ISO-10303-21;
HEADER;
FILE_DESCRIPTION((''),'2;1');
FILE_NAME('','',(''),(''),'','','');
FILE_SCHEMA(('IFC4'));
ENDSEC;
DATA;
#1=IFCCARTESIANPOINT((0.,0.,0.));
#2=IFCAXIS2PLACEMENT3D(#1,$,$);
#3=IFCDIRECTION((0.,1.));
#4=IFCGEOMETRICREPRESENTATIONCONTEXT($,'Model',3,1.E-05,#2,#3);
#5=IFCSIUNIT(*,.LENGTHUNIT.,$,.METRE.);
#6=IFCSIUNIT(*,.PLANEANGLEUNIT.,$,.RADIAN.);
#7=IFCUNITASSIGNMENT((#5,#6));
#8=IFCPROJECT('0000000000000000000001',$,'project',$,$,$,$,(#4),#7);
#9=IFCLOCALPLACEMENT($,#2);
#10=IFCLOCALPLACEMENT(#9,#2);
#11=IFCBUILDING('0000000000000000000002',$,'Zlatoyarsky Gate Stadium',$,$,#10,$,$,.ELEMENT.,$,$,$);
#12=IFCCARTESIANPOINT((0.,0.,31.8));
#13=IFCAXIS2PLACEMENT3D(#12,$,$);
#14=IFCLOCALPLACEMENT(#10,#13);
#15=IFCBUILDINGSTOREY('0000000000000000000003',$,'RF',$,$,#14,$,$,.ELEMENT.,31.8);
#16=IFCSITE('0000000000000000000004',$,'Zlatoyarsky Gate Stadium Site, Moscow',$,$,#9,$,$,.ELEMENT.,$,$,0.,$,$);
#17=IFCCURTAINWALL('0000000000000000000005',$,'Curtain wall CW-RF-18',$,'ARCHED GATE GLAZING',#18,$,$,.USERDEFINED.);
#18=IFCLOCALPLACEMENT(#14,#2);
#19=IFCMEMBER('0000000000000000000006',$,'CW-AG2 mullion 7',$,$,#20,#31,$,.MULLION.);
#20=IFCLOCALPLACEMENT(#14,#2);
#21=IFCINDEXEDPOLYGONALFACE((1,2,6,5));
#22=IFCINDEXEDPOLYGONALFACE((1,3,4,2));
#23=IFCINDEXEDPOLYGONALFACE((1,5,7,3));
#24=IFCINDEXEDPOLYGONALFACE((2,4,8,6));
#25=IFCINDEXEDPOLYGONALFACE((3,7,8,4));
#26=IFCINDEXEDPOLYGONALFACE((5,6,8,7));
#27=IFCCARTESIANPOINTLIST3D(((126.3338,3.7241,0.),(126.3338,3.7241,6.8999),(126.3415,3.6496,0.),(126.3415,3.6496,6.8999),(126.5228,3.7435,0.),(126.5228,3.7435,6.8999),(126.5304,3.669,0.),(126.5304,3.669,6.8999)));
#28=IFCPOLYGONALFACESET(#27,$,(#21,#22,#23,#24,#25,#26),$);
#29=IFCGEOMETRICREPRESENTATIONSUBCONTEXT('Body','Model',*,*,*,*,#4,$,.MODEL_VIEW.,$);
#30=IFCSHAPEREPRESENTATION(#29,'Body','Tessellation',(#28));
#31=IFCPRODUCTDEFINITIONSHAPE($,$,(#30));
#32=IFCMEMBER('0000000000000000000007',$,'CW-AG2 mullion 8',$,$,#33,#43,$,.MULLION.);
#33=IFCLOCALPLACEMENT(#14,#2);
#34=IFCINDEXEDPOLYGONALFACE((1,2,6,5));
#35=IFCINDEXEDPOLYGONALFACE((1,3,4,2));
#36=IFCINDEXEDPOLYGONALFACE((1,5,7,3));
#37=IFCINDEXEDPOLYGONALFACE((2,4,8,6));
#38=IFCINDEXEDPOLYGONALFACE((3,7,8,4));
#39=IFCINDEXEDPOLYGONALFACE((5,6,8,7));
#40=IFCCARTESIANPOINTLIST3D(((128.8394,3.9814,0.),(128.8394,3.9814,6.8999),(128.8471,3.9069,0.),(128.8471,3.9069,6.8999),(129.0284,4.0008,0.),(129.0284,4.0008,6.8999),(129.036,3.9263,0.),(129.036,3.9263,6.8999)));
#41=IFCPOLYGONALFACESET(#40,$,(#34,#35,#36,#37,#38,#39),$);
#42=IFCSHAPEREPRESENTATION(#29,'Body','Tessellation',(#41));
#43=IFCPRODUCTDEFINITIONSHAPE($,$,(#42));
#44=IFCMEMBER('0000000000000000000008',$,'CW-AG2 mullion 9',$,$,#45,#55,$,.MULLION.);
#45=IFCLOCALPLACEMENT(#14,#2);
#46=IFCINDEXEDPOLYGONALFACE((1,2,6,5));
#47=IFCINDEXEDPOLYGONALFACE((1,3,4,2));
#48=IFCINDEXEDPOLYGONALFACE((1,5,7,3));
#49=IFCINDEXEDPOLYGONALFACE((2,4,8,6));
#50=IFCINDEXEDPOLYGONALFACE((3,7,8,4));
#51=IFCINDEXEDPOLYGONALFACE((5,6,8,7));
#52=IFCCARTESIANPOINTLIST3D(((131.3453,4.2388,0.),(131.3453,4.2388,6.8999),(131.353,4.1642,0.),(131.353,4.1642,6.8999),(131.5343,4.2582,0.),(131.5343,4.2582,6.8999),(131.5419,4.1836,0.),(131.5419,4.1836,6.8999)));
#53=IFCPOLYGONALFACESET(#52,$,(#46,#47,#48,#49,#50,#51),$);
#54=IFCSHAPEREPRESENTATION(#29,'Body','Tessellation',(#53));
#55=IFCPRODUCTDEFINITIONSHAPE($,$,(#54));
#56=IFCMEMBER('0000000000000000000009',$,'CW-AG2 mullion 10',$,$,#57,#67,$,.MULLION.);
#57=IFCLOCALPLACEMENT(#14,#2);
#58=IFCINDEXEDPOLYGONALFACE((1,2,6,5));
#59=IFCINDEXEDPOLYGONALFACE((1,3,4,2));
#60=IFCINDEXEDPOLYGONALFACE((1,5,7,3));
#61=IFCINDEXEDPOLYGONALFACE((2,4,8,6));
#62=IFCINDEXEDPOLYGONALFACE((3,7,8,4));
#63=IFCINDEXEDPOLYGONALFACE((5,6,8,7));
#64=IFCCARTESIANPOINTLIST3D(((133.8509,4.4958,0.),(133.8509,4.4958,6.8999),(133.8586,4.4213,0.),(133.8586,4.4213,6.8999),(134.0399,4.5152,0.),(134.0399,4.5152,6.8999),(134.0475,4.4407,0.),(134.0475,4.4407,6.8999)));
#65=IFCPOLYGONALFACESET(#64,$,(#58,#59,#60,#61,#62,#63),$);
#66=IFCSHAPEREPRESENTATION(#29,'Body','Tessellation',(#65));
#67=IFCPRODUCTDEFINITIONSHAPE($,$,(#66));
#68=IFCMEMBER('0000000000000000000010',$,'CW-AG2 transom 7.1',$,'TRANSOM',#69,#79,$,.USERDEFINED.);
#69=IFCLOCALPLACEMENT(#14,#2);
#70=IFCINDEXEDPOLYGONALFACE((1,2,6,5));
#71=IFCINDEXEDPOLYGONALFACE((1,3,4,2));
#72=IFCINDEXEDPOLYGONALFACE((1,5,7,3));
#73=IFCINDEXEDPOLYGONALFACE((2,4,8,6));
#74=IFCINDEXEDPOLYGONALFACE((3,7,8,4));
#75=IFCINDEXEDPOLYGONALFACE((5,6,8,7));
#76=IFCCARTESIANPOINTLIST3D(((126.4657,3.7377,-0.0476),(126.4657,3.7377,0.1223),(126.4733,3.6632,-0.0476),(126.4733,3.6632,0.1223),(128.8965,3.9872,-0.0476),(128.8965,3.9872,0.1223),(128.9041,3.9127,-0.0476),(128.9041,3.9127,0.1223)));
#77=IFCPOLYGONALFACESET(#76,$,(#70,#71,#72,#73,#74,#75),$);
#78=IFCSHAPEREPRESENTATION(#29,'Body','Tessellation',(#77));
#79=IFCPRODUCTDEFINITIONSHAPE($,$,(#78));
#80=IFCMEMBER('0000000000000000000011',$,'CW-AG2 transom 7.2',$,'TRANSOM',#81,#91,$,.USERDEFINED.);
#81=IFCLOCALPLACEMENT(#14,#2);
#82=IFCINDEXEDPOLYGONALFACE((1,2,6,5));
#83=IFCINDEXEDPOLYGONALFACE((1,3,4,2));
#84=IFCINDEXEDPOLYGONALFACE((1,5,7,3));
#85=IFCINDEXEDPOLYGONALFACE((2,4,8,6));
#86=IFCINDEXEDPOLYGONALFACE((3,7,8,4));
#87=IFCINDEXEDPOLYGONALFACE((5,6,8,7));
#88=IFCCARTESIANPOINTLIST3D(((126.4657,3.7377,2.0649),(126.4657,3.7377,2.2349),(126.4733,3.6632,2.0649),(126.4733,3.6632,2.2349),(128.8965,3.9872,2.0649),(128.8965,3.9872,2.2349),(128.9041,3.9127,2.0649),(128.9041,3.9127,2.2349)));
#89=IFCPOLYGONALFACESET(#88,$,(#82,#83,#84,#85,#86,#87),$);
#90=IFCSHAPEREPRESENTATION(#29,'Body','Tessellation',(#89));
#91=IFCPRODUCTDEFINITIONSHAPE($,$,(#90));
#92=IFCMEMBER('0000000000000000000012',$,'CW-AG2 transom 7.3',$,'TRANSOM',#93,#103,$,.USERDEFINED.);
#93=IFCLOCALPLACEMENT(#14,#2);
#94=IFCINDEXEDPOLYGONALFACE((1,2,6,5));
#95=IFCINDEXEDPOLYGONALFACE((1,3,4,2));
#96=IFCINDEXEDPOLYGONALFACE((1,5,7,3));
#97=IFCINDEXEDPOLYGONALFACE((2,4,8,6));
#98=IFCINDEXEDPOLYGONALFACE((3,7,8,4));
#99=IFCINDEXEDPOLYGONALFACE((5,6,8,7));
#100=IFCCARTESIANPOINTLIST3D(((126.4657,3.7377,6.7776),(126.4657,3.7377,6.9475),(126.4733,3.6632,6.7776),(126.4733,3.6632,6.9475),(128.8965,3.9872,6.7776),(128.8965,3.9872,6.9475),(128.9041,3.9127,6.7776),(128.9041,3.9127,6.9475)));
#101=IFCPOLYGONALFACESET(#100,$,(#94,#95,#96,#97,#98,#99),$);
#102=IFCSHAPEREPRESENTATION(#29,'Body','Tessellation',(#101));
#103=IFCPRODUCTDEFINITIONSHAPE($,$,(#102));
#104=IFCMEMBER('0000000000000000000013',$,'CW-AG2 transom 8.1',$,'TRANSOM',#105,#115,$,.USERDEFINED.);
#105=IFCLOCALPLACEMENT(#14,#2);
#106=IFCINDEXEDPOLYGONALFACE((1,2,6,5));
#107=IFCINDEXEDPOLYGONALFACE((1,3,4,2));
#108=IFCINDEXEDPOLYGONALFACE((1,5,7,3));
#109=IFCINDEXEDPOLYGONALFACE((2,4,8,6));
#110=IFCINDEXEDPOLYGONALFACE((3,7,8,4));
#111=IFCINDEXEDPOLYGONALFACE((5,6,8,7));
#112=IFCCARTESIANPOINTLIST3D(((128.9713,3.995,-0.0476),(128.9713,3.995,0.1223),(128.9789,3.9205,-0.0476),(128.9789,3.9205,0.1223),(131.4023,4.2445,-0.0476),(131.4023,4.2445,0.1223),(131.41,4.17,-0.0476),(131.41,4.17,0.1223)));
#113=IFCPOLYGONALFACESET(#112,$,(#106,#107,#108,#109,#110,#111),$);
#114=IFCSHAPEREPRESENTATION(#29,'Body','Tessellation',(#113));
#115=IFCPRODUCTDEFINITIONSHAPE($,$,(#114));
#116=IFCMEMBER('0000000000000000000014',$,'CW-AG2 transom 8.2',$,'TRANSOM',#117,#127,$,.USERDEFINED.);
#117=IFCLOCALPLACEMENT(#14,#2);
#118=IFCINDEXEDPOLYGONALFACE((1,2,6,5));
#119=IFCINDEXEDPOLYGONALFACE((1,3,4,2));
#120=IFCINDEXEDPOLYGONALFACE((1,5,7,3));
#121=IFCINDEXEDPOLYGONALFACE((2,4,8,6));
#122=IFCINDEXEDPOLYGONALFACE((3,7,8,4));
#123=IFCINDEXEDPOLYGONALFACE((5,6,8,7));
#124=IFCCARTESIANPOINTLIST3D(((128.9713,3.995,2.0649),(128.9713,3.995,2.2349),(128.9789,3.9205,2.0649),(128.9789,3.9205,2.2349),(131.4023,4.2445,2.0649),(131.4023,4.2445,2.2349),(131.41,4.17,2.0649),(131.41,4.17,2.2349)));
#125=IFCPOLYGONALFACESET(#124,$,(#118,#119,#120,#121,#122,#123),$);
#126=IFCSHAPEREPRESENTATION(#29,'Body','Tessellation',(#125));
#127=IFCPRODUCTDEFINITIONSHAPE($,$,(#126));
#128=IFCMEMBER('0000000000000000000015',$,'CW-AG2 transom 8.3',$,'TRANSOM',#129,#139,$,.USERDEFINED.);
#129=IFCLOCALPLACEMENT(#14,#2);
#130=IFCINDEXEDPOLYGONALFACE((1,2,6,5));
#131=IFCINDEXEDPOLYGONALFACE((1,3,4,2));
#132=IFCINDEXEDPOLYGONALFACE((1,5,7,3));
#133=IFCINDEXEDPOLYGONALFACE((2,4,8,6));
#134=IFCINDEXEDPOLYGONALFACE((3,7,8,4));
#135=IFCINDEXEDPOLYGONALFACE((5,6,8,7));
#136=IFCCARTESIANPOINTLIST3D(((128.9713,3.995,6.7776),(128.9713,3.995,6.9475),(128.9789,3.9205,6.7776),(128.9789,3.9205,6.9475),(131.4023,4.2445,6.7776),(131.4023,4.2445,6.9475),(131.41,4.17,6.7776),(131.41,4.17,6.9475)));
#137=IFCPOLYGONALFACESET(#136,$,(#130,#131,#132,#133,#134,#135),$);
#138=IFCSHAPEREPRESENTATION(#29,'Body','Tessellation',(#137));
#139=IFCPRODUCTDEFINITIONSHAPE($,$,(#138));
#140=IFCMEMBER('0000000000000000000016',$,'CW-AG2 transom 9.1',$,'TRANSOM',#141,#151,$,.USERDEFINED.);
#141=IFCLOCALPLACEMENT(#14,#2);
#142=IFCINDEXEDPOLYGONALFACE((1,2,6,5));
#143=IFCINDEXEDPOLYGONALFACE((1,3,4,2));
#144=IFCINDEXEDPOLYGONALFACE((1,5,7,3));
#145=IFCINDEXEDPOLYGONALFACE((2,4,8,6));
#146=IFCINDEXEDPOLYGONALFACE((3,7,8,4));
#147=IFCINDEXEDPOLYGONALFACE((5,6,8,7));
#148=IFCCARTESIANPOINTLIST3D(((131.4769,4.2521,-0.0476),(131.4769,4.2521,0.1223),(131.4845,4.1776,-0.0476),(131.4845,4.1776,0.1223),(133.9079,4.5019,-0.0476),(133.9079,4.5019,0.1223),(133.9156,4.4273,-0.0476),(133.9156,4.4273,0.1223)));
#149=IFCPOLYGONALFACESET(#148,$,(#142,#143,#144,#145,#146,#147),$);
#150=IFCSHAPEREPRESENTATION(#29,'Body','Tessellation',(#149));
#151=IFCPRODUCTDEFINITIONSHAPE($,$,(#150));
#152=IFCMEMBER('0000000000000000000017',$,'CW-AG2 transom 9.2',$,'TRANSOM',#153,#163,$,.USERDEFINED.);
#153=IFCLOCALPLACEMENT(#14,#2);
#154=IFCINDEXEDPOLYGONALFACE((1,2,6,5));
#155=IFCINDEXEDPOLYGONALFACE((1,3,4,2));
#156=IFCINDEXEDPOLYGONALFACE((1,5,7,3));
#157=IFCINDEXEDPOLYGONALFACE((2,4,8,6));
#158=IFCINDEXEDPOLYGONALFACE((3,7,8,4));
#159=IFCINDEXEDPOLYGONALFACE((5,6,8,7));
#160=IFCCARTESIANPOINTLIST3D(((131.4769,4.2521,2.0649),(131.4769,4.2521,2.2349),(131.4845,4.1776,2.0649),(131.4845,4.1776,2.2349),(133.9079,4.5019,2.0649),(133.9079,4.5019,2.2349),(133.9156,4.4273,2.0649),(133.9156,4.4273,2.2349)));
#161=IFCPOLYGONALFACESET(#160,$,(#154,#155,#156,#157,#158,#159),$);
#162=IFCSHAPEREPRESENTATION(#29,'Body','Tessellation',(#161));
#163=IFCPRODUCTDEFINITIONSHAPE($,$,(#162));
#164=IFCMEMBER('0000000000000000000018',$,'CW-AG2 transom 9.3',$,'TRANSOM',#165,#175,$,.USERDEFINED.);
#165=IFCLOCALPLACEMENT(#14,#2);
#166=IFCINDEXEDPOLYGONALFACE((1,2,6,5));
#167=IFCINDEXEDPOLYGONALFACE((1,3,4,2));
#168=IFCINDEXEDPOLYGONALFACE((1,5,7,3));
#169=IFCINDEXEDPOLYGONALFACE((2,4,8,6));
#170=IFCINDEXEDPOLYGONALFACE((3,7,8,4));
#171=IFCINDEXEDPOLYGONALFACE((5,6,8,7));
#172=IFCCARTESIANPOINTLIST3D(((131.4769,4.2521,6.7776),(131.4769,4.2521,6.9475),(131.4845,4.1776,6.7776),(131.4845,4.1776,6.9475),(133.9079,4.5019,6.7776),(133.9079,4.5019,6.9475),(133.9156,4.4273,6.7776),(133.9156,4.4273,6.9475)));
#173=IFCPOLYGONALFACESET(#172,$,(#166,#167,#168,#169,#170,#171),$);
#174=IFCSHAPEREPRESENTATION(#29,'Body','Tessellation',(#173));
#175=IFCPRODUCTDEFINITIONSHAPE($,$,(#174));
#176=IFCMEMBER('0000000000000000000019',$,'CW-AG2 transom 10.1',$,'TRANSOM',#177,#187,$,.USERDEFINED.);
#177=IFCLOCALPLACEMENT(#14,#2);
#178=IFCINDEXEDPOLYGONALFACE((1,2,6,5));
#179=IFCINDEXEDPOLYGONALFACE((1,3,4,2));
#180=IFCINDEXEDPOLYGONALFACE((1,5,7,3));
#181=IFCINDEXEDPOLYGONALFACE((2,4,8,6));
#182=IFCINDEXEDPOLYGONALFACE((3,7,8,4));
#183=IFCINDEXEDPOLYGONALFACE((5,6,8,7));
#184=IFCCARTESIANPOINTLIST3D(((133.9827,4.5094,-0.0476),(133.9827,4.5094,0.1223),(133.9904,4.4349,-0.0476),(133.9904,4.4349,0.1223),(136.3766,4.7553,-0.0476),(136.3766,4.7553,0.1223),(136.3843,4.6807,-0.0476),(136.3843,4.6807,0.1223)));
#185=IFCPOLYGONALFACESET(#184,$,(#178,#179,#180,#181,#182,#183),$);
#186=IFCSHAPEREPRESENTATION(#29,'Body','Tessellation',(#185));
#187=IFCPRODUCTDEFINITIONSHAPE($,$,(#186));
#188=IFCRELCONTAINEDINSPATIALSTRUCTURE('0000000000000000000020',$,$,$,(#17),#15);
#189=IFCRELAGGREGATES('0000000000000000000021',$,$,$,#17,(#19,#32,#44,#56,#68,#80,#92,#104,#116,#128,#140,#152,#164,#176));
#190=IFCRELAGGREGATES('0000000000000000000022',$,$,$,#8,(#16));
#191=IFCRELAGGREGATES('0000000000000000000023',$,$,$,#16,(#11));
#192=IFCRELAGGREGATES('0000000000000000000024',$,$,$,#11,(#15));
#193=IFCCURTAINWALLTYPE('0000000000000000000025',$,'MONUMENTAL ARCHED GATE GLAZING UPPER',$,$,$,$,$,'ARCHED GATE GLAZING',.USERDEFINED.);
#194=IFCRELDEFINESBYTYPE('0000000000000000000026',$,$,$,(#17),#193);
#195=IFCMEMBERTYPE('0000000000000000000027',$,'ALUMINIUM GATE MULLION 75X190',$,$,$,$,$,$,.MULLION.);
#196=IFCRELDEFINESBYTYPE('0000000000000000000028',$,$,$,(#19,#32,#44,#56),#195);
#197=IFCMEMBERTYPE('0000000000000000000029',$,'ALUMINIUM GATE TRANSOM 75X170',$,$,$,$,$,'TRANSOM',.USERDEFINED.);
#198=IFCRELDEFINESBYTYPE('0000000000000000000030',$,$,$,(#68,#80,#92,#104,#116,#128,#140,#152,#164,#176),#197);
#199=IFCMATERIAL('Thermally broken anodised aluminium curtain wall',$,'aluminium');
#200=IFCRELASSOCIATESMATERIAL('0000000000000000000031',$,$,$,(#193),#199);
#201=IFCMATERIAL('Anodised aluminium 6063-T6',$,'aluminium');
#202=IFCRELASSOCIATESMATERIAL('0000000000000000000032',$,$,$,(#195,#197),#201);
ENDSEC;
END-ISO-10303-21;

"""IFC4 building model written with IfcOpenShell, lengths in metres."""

from ifc_helpers import new_model, si_unit, direction, frame, origin, origin_2d, place, context, subcontext, project, spatial, rectangle, extrude, material, material_profile, profile_set, type_object, element, aggregate, save


model = new_model("IFC4")

# Units and contexts
model_context = context("Model", 3, precision=1e-05, world=origin(), true_north=direction((0.0, 1.0)))
body_context = subcontext(model_context, "Body", "Model", "MODEL_VIEW")
ifc_project = project(units=[si_unit("LENGTHUNIT", "METRE"), si_unit("PLANEANGLEUNIT", "RADIAN")], contexts=[model_context])

# Site, building, storey
site_placement = place(None, origin())
site = spatial("IfcSite", under=ifc_project, at=site_placement, Name="Zlatoyarsky Gate Stadium Site, Moscow", CompositionType="ELEMENT", RefElevation=0.0)
building_placement = place(site_placement, origin())
building = spatial("IfcBuilding", under=site, at=building_placement, Name="Zlatoyarsky Gate Stadium", CompositionType="ELEMENT")
storey_placement = place(building_placement, frame((0.0, 0.0, 31.8)))
storey = spatial("IfcBuildingStorey", under=building, at=storey_placement, Name="RF", CompositionType="ELEMENT", Elevation=31.8)

# Curtain wall, members
ifc_material_1 = material(Name="Thermally broken anodised aluminium curtain wall", Category="aluminium")
curtain_wall_type = type_object("IfcCurtainWallType", Name="MONUMENTAL ARCHED GATE GLAZING UPPER", ElementType="ARCHED GATE GLAZING", PredefinedType="USERDEFINED", material=ifc_material_1)
curtain_wall_placement = place(storey_placement, origin())
curtain_wall = element("IfcCurtainWall", 1, at=curtain_wall_placement, inside=storey, type_object=curtain_wall_type, Name="Curtain wall CW-RF-18", ObjectType="ARCHED GATE GLAZING", PredefinedType="USERDEFINED")
ifc_material_2 = material(Name="Anodised aluminium 6063-T6", Category="aluminium")
ifc_material_profile_1 = material_profile(ifc_material_2, rectangle(XDim=0.075, YDim=0.1899, at=origin_2d()), Name="ALU 75X190")
ifc_profile_set_1 = profile_set([ifc_material_profile_1], Name="Anodised aluminium 6063-T6")
member_type_1 = type_object("IfcMemberType", Name="ALUMINIUM GATE MULLION 75X190", PredefinedType="MULLION", material=ifc_profile_set_1)
member_1_placement = place(storey_placement, frame((126.4321, 3.6965, 0.0), z_axis=(0.0, 0.0, 1.0), x_axis=(-0.102125, 0.994772, 0.0)))
member_1 = element("IfcMember", 2, at=member_1_placement, type_object=member_type_1, Name="CW-AG2 mullion 7", PredefinedType="MULLION", context=body_context, shape_type="SweptSolid", body=[
    extrude(rectangle(XDim=0.075, YDim=0.1899, at=origin_2d()), origin(), (0.0, 0.0, 1.0), 6.8999),
])
member_2_placement = place(storey_placement, frame((128.9377, 3.9539, 0.0), z_axis=(0.0, 0.0, 1.0), x_axis=(-0.102125, 0.994772, 0.0)))
member_2 = element("IfcMember", 3, at=member_2_placement, type_object=member_type_1, Name="CW-AG2 mullion 8", PredefinedType="MULLION", context=body_context, shape_type="SweptSolid", body=[
    extrude(rectangle(XDim=0.075, YDim=0.1899, at=origin_2d()), origin(), (0.0, 0.0, 1.0), 6.8999),
])
member_3_placement = place(storey_placement, frame((131.4436, 4.2112, 0.0), z_axis=(0.0, 0.0, 1.0), x_axis=(-0.102125, 0.994772, 0.0)))
member_3 = element("IfcMember", 4, at=member_3_placement, type_object=member_type_1, Name="CW-AG2 mullion 9", PredefinedType="MULLION", context=body_context, shape_type="SweptSolid", body=[
    extrude(rectangle(XDim=0.075, YDim=0.1899, at=origin_2d()), origin(), (0.0, 0.0, 1.0), 6.8999),
])
member_4_placement = place(storey_placement, frame((133.9492, 4.4683, 0.0), z_axis=(0.0, 0.0, 1.0), x_axis=(-0.102125, 0.994772, 0.0)))
member_4 = element("IfcMember", 5, at=member_4_placement, type_object=member_type_1, Name="CW-AG2 mullion 10", PredefinedType="MULLION", context=body_context, shape_type="SweptSolid", body=[
    extrude(rectangle(XDim=0.075, YDim=0.1899, at=origin_2d()), origin(), (0.0, 0.0, 1.0), 6.8999),
])
ifc_material_profile_2 = material_profile(ifc_material_2, rectangle(XDim=0.075, YDim=0.1699, at=origin_2d()), Name="ALU 75X170")
ifc_profile_set_2 = profile_set([ifc_material_profile_2], Name="Anodised aluminium 6063-T6")
member_type_2 = type_object("IfcMemberType", Name="ALUMINIUM GATE TRANSOM 75X170", ElementType="TRANSOM", PredefinedType="USERDEFINED", material=ifc_profile_set_2)
member_5_placement = place(storey_placement, frame((126.4695, 3.7004, 0.0374), z_axis=(0.994774, 0.102105, 0.0), x_axis=(-0.102105, 0.994774, 0.0)))
member_5 = element("IfcMember", 6, at=member_5_placement, type_object=member_type_2, Name="CW-AG2 transom 7.1", ObjectType="TRANSOM", PredefinedType="USERDEFINED", context=body_context, shape_type="SweptSolid", body=[
    extrude(rectangle(XDim=0.075, YDim=0.1699, at=origin_2d()), origin(), (0.0, 0.0, 1.0), 2.4436),
])
member_6_placement = place(storey_placement, frame((126.4695, 3.7004, 2.1499), z_axis=(0.994774, 0.102105, 0.0), x_axis=(-0.102105, 0.994774, 0.0)))
member_6 = element("IfcMember", 7, at=member_6_placement, type_object=member_type_2, Name="CW-AG2 transom 7.2", ObjectType="TRANSOM", PredefinedType="USERDEFINED", context=body_context, shape_type="SweptSolid", body=[
    extrude(rectangle(XDim=0.075, YDim=0.1699, at=origin_2d()), origin(), (0.0, 0.0, 1.0), 2.4436),
])
member_7_placement = place(storey_placement, frame((126.4695, 3.7004, 6.8625), z_axis=(0.994774, 0.102105, 0.0), x_axis=(-0.102105, 0.994774, 0.0)))
member_7 = element("IfcMember", 8, at=member_7_placement, type_object=member_type_2, Name="CW-AG2 transom 7.3", ObjectType="TRANSOM", PredefinedType="USERDEFINED", context=body_context, shape_type="SweptSolid", body=[
    extrude(rectangle(XDim=0.075, YDim=0.1699, at=origin_2d()), origin(), (0.0, 0.0, 1.0), 2.4436),
])
member_8_placement = place(storey_placement, frame((128.9751, 3.9578, 0.0374), z_axis=(0.994775, 0.102095, 0.0), x_axis=(-0.102095, 0.994775, 0.0)))
member_8 = element("IfcMember", 9, at=member_8_placement, type_object=member_type_2, Name="CW-AG2 transom 8.1", ObjectType="TRANSOM", PredefinedType="USERDEFINED", context=body_context, shape_type="SweptSolid", body=[
    extrude(rectangle(XDim=0.075, YDim=0.1699, at=origin_2d()), origin(), (0.0, 0.0, 1.0), 2.4438),
])
member_9_placement = place(storey_placement, frame((128.9751, 3.9578, 2.1499), z_axis=(0.994775, 0.102095, 0.0), x_axis=(-0.102095, 0.994775, 0.0)))
member_9 = element("IfcMember", 10, at=member_9_placement, type_object=member_type_2, Name="CW-AG2 transom 8.2", ObjectType="TRANSOM", PredefinedType="USERDEFINED", context=body_context, shape_type="SweptSolid", body=[
    extrude(rectangle(XDim=0.075, YDim=0.1699, at=origin_2d()), origin(), (0.0, 0.0, 1.0), 2.4438),
])
member_10_placement = place(storey_placement, frame((128.9751, 3.9578, 6.8625), z_axis=(0.994775, 0.102095, 0.0), x_axis=(-0.102095, 0.994775, 0.0)))
member_10 = element("IfcMember", 11, at=member_10_placement, type_object=member_type_2, Name="CW-AG2 transom 8.3", ObjectType="TRANSOM", PredefinedType="USERDEFINED", context=body_context, shape_type="SweptSolid", body=[
    extrude(rectangle(XDim=0.075, YDim=0.1699, at=origin_2d()), origin(), (0.0, 0.0, 1.0), 2.4438),
])
member_11_placement = place(storey_placement, frame((131.4807, 4.2148, 0.0374), z_axis=(0.994765, 0.102194, 0.0), x_axis=(-0.102194, 0.994765, 0.0)))
member_11 = element("IfcMember", 12, at=member_11_placement, type_object=member_type_2, Name="CW-AG2 transom 9.1", ObjectType="TRANSOM", PredefinedType="USERDEFINED", context=body_context, shape_type="SweptSolid", body=[
    extrude(rectangle(XDim=0.075, YDim=0.1699, at=origin_2d()), origin(), (0.0, 0.0, 1.0), 2.4438),
])
member_12_placement = place(storey_placement, frame((131.4807, 4.2148, 2.1499), z_axis=(0.994765, 0.102194, 0.0), x_axis=(-0.102194, 0.994765, 0.0)))
member_12 = element("IfcMember", 13, at=member_12_placement, type_object=member_type_2, Name="CW-AG2 transom 9.2", ObjectType="TRANSOM", PredefinedType="USERDEFINED", context=body_context, shape_type="SweptSolid", body=[
    extrude(rectangle(XDim=0.075, YDim=0.1699, at=origin_2d()), origin(), (0.0, 0.0, 1.0), 2.4438),
])
member_13_placement = place(storey_placement, frame((131.4807, 4.2148, 6.8625), z_axis=(0.994765, 0.102194, 0.0), x_axis=(-0.102194, 0.994765, 0.0)))
member_13 = element("IfcMember", 14, at=member_13_placement, type_object=member_type_2, Name="CW-AG2 transom 9.3", ObjectType="TRANSOM", PredefinedType="USERDEFINED", context=body_context, shape_type="SweptSolid", body=[
    extrude(rectangle(XDim=0.075, YDim=0.1699, at=origin_2d()), origin(), (0.0, 0.0, 1.0), 2.4438),
])
member_14_placement = place(storey_placement, frame((133.9866, 4.4722, 0.0374), z_axis=(0.994767, 0.102165, 0.0), x_axis=(-0.102165, 0.994767, 0.0)))
member_14 = element("IfcMember", 15, at=member_14_placement, type_object=member_type_2, Name="CW-AG2 transom 10.1", ObjectType="TRANSOM", PredefinedType="USERDEFINED", context=body_context, shape_type="SweptSolid", body=[
    extrude(rectangle(XDim=0.075, YDim=0.1699, at=origin_2d()), origin(), (0.0, 0.0, 1.0), 2.4065),
])

aggregate(curtain_wall, [member_1, member_2, member_3, member_4, member_5, member_6, member_7, member_8, member_9, member_10, member_11, member_12, member_13, member_14])

save(model, "model.ifc")
